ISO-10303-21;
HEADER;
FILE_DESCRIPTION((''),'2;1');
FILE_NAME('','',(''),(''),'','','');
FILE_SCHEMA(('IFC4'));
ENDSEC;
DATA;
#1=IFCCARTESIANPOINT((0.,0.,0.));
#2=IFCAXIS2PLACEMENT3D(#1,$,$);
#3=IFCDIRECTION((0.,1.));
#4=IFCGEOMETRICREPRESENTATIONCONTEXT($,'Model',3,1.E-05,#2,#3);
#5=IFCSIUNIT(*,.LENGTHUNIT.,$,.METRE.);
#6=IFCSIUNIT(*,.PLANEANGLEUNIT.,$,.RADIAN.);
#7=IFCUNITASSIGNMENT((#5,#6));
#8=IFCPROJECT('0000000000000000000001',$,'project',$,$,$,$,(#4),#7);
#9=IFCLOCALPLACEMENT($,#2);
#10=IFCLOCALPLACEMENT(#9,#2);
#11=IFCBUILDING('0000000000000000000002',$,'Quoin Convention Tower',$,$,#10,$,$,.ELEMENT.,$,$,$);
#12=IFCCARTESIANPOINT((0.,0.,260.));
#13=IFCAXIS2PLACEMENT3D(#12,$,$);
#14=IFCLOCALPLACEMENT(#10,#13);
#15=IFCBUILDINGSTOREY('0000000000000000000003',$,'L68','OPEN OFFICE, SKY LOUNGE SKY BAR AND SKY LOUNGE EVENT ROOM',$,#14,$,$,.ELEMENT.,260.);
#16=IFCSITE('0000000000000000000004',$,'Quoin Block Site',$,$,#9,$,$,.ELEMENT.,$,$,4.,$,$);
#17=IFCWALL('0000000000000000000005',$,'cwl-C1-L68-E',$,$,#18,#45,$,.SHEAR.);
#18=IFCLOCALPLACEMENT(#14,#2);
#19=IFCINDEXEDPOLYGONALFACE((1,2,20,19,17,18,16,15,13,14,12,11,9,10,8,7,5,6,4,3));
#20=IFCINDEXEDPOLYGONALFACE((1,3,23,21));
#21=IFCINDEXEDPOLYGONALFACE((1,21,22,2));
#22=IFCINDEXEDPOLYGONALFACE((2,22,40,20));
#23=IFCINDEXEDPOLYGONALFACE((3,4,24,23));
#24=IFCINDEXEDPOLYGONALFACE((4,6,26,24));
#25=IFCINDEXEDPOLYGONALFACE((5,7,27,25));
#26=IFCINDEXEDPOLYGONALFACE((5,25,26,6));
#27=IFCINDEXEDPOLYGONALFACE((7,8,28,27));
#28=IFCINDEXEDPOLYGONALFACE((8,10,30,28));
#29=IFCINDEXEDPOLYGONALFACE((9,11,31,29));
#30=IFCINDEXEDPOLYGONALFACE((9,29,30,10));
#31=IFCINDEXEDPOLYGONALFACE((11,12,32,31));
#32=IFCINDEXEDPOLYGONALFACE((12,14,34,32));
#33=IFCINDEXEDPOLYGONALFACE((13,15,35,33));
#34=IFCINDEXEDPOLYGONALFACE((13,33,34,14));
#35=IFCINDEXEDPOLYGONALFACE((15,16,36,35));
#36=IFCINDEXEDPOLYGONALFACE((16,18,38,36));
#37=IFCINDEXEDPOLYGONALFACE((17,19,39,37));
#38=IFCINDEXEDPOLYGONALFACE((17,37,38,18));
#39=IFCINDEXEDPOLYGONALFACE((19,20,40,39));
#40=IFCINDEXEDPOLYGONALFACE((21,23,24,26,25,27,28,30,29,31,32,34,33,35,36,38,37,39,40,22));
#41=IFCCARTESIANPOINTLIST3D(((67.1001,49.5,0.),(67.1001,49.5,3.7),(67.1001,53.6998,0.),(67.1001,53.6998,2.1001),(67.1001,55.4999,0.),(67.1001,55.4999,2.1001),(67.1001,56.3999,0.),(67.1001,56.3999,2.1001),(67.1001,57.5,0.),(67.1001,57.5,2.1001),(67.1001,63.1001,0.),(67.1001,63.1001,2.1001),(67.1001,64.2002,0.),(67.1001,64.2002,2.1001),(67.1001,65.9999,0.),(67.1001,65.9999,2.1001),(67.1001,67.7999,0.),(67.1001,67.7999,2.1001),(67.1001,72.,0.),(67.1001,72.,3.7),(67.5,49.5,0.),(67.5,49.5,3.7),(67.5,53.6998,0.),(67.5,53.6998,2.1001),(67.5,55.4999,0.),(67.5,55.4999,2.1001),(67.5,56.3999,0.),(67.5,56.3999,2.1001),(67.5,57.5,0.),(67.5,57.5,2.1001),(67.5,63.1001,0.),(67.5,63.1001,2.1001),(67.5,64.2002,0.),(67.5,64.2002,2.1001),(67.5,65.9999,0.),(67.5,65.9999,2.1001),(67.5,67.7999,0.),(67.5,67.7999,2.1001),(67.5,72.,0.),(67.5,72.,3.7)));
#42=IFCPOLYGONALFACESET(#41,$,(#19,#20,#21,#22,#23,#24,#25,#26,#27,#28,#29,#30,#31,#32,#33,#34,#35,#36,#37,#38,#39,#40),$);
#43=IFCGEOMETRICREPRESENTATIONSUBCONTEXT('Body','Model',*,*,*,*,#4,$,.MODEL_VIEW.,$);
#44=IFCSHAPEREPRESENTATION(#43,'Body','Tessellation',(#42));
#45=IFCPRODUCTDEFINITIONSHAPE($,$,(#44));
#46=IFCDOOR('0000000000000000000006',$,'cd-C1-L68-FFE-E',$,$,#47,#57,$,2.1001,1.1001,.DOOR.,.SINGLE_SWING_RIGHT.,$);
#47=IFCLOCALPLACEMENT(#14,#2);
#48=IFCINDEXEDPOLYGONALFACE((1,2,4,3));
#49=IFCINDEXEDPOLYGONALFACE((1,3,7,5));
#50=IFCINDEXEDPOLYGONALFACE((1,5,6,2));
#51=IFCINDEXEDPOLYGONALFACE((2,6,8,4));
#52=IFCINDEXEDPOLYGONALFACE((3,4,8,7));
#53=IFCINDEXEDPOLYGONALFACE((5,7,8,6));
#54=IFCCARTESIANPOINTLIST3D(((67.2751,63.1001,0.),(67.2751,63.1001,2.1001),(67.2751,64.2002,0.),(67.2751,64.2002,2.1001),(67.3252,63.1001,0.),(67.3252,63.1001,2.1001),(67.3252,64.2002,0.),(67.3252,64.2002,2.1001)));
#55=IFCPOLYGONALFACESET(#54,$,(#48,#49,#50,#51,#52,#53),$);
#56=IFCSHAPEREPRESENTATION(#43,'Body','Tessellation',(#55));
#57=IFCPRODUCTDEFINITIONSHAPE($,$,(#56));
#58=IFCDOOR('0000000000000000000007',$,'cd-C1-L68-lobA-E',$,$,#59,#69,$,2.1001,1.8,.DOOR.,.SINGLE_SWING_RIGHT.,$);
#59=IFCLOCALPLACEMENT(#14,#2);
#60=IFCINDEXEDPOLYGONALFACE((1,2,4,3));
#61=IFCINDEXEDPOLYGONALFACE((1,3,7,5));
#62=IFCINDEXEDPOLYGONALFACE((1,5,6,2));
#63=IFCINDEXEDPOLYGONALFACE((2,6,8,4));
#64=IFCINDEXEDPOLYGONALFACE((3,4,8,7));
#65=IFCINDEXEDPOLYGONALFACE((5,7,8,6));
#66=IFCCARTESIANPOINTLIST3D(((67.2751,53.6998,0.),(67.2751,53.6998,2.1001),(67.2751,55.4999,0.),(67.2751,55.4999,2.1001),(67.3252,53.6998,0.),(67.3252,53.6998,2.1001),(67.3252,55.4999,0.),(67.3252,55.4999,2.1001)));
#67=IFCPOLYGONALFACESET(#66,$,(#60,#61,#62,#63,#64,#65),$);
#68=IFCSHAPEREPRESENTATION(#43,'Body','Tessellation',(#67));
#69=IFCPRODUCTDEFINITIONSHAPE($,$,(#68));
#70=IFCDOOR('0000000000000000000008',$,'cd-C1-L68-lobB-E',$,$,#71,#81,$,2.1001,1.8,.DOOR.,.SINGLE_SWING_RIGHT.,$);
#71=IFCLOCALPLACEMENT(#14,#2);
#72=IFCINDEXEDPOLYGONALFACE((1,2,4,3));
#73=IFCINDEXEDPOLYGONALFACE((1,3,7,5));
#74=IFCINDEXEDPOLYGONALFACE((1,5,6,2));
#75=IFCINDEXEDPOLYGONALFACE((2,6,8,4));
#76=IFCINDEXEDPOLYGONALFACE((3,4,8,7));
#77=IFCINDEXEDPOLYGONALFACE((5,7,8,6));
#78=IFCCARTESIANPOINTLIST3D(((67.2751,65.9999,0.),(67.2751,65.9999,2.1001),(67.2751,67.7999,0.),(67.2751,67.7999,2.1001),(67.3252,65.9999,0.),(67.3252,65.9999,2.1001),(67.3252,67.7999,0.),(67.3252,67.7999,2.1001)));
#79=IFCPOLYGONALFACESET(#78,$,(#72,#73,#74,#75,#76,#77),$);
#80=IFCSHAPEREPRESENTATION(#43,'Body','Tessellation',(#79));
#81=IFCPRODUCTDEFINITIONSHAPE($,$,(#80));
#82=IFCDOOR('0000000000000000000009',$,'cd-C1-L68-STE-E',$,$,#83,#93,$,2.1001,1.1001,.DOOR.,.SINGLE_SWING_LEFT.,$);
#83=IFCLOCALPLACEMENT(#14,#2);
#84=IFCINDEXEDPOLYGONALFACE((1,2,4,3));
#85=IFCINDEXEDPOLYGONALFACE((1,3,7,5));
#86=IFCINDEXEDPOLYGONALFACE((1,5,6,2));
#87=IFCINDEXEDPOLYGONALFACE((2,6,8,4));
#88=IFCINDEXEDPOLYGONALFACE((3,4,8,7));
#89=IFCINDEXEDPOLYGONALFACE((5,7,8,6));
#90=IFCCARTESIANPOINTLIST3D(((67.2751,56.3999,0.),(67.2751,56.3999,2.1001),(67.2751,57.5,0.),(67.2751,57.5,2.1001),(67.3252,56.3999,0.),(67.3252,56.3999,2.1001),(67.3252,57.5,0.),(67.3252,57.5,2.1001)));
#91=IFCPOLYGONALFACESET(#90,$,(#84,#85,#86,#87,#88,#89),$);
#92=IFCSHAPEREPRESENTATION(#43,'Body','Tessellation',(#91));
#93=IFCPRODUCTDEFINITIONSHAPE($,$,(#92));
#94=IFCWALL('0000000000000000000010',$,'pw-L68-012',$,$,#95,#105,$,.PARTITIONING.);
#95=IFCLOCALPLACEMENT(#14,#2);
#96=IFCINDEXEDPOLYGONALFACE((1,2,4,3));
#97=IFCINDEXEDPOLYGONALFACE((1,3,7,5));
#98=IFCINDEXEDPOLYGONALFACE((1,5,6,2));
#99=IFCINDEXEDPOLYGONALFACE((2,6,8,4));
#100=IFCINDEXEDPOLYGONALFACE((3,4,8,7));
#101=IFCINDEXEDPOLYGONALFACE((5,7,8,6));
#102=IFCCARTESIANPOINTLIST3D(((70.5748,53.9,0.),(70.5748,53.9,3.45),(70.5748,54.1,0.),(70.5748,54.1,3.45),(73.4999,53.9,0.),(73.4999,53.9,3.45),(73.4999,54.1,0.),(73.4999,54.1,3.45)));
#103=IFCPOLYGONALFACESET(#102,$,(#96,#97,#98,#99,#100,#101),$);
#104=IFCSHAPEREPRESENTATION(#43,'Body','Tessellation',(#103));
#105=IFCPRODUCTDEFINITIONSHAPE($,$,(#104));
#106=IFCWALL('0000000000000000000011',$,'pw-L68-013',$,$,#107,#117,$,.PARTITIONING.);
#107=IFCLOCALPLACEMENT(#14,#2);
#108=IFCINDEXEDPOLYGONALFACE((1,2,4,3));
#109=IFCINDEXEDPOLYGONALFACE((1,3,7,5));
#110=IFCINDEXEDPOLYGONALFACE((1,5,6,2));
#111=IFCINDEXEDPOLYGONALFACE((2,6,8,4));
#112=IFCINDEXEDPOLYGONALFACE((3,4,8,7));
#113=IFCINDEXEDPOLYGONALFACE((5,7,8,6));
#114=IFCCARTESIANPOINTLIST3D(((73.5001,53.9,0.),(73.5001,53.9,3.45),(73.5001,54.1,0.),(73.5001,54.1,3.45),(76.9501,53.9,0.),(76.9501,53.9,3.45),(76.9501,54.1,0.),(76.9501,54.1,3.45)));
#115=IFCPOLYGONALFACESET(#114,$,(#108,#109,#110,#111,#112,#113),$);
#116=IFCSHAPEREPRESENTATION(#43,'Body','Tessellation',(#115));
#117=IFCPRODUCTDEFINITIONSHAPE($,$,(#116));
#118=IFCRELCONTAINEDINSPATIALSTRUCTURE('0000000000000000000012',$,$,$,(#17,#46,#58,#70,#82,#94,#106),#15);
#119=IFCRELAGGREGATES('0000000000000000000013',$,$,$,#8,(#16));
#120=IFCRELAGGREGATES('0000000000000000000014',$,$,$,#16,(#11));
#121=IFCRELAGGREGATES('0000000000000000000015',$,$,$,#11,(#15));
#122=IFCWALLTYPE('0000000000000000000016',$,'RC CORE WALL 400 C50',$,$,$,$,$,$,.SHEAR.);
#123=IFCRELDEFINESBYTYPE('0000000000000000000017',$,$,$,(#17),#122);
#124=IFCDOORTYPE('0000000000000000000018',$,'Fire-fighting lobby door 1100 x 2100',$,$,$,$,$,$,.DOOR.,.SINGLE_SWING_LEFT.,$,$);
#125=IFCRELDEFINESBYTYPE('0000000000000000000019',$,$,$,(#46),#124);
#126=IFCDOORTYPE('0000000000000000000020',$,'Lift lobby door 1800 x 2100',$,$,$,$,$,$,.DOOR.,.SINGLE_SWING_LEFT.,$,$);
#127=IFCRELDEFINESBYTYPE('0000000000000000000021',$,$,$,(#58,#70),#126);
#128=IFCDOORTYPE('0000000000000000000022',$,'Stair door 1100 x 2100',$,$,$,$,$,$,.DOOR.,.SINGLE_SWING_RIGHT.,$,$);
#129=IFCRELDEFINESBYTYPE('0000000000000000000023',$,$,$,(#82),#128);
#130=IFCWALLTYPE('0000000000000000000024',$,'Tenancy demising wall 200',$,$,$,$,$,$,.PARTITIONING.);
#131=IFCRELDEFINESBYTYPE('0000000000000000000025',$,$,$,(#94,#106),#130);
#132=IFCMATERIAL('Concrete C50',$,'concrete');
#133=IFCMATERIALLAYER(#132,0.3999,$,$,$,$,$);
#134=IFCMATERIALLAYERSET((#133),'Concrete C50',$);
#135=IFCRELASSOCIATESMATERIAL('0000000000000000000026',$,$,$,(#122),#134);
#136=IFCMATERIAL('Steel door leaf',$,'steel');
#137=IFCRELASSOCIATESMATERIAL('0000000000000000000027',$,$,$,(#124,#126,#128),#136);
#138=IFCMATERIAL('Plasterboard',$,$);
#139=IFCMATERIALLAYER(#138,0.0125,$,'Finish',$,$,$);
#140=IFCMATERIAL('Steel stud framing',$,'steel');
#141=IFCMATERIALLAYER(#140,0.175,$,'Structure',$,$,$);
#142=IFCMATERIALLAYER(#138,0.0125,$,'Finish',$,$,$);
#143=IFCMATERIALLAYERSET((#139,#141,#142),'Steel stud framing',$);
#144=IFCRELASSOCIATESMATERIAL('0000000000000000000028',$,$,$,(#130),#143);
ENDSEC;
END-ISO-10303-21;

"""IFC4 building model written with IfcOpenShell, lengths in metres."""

from ifc_helpers import new_model, si_unit, direction, frame, frame_2d, origin, place, context, subcontext, project, spatial, rectangle, extrude, material, layer, layer_set, type_object, element, fill, save


model = new_model("IFC4")

# Units and contexts
model_context = context("Model", 3, precision=1e-05, world=origin(), true_north=direction((0.0, 1.0)))
body_context = subcontext(model_context, "Body", "Model", "MODEL_VIEW")
ifc_project = project(units=[si_unit("LENGTHUNIT", "METRE"), si_unit("PLANEANGLEUNIT", "RADIAN")], contexts=[model_context])

# Site, building, storey
site_placement = place(None, origin())
site = spatial("IfcSite", under=ifc_project, at=site_placement, Name="Quoin Block Site", CompositionType="ELEMENT", RefElevation=4.0)
building_placement = place(site_placement, origin())
building = spatial("IfcBuilding", under=site, at=building_placement, Name="Quoin Convention Tower", CompositionType="ELEMENT")
storey_placement = place(building_placement, frame((0.0, 0.0, 260.0)))
storey = spatial("IfcBuildingStorey", under=building, at=storey_placement, Name="L68", Description="OPEN OFFICE, SKY LOUNGE SKY BAR AND SKY LOUNGE EVENT ROOM", CompositionType="ELEMENT", Elevation=260.0)

# Shared definitions
ifc_material_1 = material(Name="Concrete C50", Category="concrete")

# Shared definitions
ifc_material_2 = material(Name="Plasterboard")
ifc_material_3 = material(Name="Steel stud framing", Category="steel")
ifc_material_4 = material(Name="Steel door leaf", Category="steel")

# Wall, openings, doors
ifc_layer_1 = layer(ifc_material_1, 0.3999)
ifc_layer_set_1 = layer_set([ifc_layer_1], Name="Concrete C50")
wall_type_1 = type_object("IfcWallType", Name="RC CORE WALL 400 C50", PredefinedType="SHEAR", material=ifc_layer_set_1)
wall_1_placement = place(storey_placement, frame((67.3, 49.5, 0.0), z_axis=(0.0, 0.0, 1.0), x_axis=(0.0, 1.0, 0.0)))
wall_1 = element("IfcWall", 1, at=wall_1_placement, inside=storey, type_object=wall_type_1, Name="cwl-C1-L68-E", PredefinedType="SHEAR", context=body_context, shape_type="SweptSolid", body=[
    extrude(rectangle(XDim=22.5, YDim=0.3999, at=frame_2d((11.25, 0.0))), origin(), (0.0, 0.0, 1.0), 3.7),
])
opening_1_placement = place(wall_1_placement, frame((4.2, 0.0, 0.0)))
opening_1 = element("IfcOpeningElement", 2, at=opening_1_placement, cuts=wall_1, PredefinedType="OPENING", context=body_context, shape_type="SweptSolid", body=[
    extrude(rectangle(XDim=1.8, YDim=2.1001, at=frame_2d((0.8999, 1.05))), frame((0.0, 0.21, 0.0), z_axis=(0.0, -1.0, 0.0), x_axis=(1.0, 0.0, 0.0)), (0.0, 0.0, 1.0), 0.4199),
])
opening_2_placement = place(wall_1_placement, frame((6.8999, 0.0, 0.0)))
opening_2 = element("IfcOpeningElement", 3, at=opening_2_placement, cuts=wall_1, PredefinedType="OPENING", context=body_context, shape_type="SweptSolid", body=[
    extrude(rectangle(XDim=1.1001, YDim=2.1001, at=frame_2d((0.55, 1.05))), frame((0.0, 0.21, 0.0), z_axis=(0.0, -1.0, 0.0), x_axis=(1.0, 0.0, 0.0)), (0.0, 0.0, 1.0), 0.4199),
])
opening_3_placement = place(wall_1_placement, frame((13.6001, 0.0, 0.0)))
opening_3 = element("IfcOpeningElement", 4, at=opening_3_placement, cuts=wall_1, PredefinedType="OPENING", context=body_context, shape_type="SweptSolid", body=[
    extrude(rectangle(XDim=1.1001, YDim=2.1001, at=frame_2d((0.55, 1.05))), frame((0.0, 0.21, 0.0), z_axis=(0.0, -1.0, 0.0), x_axis=(1.0, 0.0, 0.0)), (0.0, 0.0, 1.0), 0.4199),
])
opening_4_placement = place(wall_1_placement, frame((16.5, 0.0, 0.0)))
opening_4 = element("IfcOpeningElement", 5, at=opening_4_placement, cuts=wall_1, PredefinedType="OPENING", context=body_context, shape_type="SweptSolid", body=[
    extrude(rectangle(XDim=1.8, YDim=2.1001, at=frame_2d((0.8999, 1.05))), frame((0.0, 0.21, 0.0), z_axis=(0.0, -1.0, 0.0), x_axis=(1.0, 0.0, 0.0)), (0.0, 0.0, 1.0), 0.4199),
])
door_type_1 = type_object("IfcDoorType", Name="Fire-fighting lobby door 1100 x 2100", OperationType="SINGLE_SWING_LEFT", PredefinedType="DOOR", material=ifc_material_4)
door_1_placement = place(opening_3_placement, origin())
door_1 = element("IfcDoor", 6, at=door_1_placement, inside=storey, type_object=door_type_1, Name="cd-C1-L68-FFE-E", OperationType="SINGLE_SWING_RIGHT", OverallHeight=2.1001, OverallWidth=1.1001, PredefinedType="DOOR", context=body_context, shape_type="SweptSolid", body=[
    extrude(rectangle(XDim=1.1001, YDim=2.1001, at=frame_2d((0.55, 1.05))), frame((0.0, 0.0249, 0.0), z_axis=(0.0, -1.0, 0.0), x_axis=(1.0, 0.0, 0.0)), (0.0, 0.0, 1.0), 0.05),
])
fill(opening_3, door_1)
door_type_2 = type_object("IfcDoorType", Name="Lift lobby door 1800 x 2100", OperationType="SINGLE_SWING_LEFT", PredefinedType="DOOR", material=ifc_material_4)
door_2_placement = place(opening_1_placement, origin())
door_2 = element("IfcDoor", 7, at=door_2_placement, inside=storey, type_object=door_type_2, Name="cd-C1-L68-lobA-E", OperationType="SINGLE_SWING_RIGHT", OverallHeight=2.1001, OverallWidth=1.8, PredefinedType="DOOR", context=body_context, shape_type="SweptSolid", body=[
    extrude(rectangle(XDim=1.8, YDim=2.1001, at=frame_2d((0.8999, 1.05))), frame((0.0, 0.0249, 0.0), z_axis=(0.0, -1.0, 0.0), x_axis=(1.0, 0.0, 0.0)), (0.0, 0.0, 1.0), 0.05),
])
fill(opening_1, door_2)
door_3_placement = place(opening_4_placement, origin())
door_3 = element("IfcDoor", 8, at=door_3_placement, inside=storey, type_object=door_type_2, Name="cd-C1-L68-lobB-E", OperationType="SINGLE_SWING_RIGHT", OverallHeight=2.1001, OverallWidth=1.8, PredefinedType="DOOR", context=body_context, shape_type="SweptSolid", body=[
    extrude(rectangle(XDim=1.8, YDim=2.1001, at=frame_2d((0.8999, 1.05))), frame((0.0, 0.0249, 0.0), z_axis=(0.0, -1.0, 0.0), x_axis=(1.0, 0.0, 0.0)), (0.0, 0.0, 1.0), 0.05),
])
fill(opening_4, door_3)
door_type_3 = type_object("IfcDoorType", Name="Stair door 1100 x 2100", OperationType="SINGLE_SWING_RIGHT", PredefinedType="DOOR", material=ifc_material_4)
door_4_placement = place(opening_2_placement, origin())
door_4 = element("IfcDoor", 9, at=door_4_placement, inside=storey, type_object=door_type_3, Name="cd-C1-L68-STE-E", OperationType="SINGLE_SWING_LEFT", OverallHeight=2.1001, OverallWidth=1.1001, PredefinedType="DOOR", context=body_context, shape_type="SweptSolid", body=[
    extrude(rectangle(XDim=1.1001, YDim=2.1001, at=frame_2d((0.55, 1.05))), frame((0.0, 0.0249, 0.0), z_axis=(0.0, -1.0, 0.0), x_axis=(1.0, 0.0, 0.0)), (0.0, 0.0, 1.0), 0.05),
])
fill(opening_2, door_4)

# Walls
ifc_layer_2 = layer(ifc_material_2, 0.0125, Name="Finish")
ifc_layer_3 = layer(ifc_material_3, 0.175, Name="Structure")
ifc_layer_4 = layer(ifc_material_2, 0.0125, Name="Finish")
ifc_layer_set_2 = layer_set([ifc_layer_2, ifc_layer_3, ifc_layer_4], Name="Steel stud framing")
wall_type_2 = type_object("IfcWallType", Name="Tenancy demising wall 200", PredefinedType="PARTITIONING", material=ifc_layer_set_2)
wall_2_placement = place(storey_placement, frame((70.575, 54.0, 0.0), z_axis=(0.0, 0.0, 1.0), x_axis=(1.0, 0.0, 0.0)))
element("IfcWall", 10, at=wall_2_placement, inside=storey, type_object=wall_type_2, Name="pw-L68-012", PredefinedType="PARTITIONING", context=body_context, shape_type="SweptSolid", body=[
    extrude(rectangle(XDim=2.925, YDim=0.2, at=frame_2d((1.4624, 0.0))), origin(), (0.0, 0.0, 1.0), 3.45),
])
wall_3_placement = place(storey_placement, frame((73.5, 54.0, 0.0), z_axis=(0.0, 0.0, 1.0), x_axis=(1.0, 0.0, 0.0)))
element("IfcWall", 11, at=wall_3_placement, inside=storey, type_object=wall_type_2, Name="pw-L68-013", PredefinedType="PARTITIONING", context=body_context, shape_type="SweptSolid", body=[
    extrude(rectangle(XDim=3.45, YDim=0.2, at=frame_2d((1.7251, 0.0))), origin(), (0.0, 0.0, 1.0), 3.45),
])

save(model, "model.ifc")
